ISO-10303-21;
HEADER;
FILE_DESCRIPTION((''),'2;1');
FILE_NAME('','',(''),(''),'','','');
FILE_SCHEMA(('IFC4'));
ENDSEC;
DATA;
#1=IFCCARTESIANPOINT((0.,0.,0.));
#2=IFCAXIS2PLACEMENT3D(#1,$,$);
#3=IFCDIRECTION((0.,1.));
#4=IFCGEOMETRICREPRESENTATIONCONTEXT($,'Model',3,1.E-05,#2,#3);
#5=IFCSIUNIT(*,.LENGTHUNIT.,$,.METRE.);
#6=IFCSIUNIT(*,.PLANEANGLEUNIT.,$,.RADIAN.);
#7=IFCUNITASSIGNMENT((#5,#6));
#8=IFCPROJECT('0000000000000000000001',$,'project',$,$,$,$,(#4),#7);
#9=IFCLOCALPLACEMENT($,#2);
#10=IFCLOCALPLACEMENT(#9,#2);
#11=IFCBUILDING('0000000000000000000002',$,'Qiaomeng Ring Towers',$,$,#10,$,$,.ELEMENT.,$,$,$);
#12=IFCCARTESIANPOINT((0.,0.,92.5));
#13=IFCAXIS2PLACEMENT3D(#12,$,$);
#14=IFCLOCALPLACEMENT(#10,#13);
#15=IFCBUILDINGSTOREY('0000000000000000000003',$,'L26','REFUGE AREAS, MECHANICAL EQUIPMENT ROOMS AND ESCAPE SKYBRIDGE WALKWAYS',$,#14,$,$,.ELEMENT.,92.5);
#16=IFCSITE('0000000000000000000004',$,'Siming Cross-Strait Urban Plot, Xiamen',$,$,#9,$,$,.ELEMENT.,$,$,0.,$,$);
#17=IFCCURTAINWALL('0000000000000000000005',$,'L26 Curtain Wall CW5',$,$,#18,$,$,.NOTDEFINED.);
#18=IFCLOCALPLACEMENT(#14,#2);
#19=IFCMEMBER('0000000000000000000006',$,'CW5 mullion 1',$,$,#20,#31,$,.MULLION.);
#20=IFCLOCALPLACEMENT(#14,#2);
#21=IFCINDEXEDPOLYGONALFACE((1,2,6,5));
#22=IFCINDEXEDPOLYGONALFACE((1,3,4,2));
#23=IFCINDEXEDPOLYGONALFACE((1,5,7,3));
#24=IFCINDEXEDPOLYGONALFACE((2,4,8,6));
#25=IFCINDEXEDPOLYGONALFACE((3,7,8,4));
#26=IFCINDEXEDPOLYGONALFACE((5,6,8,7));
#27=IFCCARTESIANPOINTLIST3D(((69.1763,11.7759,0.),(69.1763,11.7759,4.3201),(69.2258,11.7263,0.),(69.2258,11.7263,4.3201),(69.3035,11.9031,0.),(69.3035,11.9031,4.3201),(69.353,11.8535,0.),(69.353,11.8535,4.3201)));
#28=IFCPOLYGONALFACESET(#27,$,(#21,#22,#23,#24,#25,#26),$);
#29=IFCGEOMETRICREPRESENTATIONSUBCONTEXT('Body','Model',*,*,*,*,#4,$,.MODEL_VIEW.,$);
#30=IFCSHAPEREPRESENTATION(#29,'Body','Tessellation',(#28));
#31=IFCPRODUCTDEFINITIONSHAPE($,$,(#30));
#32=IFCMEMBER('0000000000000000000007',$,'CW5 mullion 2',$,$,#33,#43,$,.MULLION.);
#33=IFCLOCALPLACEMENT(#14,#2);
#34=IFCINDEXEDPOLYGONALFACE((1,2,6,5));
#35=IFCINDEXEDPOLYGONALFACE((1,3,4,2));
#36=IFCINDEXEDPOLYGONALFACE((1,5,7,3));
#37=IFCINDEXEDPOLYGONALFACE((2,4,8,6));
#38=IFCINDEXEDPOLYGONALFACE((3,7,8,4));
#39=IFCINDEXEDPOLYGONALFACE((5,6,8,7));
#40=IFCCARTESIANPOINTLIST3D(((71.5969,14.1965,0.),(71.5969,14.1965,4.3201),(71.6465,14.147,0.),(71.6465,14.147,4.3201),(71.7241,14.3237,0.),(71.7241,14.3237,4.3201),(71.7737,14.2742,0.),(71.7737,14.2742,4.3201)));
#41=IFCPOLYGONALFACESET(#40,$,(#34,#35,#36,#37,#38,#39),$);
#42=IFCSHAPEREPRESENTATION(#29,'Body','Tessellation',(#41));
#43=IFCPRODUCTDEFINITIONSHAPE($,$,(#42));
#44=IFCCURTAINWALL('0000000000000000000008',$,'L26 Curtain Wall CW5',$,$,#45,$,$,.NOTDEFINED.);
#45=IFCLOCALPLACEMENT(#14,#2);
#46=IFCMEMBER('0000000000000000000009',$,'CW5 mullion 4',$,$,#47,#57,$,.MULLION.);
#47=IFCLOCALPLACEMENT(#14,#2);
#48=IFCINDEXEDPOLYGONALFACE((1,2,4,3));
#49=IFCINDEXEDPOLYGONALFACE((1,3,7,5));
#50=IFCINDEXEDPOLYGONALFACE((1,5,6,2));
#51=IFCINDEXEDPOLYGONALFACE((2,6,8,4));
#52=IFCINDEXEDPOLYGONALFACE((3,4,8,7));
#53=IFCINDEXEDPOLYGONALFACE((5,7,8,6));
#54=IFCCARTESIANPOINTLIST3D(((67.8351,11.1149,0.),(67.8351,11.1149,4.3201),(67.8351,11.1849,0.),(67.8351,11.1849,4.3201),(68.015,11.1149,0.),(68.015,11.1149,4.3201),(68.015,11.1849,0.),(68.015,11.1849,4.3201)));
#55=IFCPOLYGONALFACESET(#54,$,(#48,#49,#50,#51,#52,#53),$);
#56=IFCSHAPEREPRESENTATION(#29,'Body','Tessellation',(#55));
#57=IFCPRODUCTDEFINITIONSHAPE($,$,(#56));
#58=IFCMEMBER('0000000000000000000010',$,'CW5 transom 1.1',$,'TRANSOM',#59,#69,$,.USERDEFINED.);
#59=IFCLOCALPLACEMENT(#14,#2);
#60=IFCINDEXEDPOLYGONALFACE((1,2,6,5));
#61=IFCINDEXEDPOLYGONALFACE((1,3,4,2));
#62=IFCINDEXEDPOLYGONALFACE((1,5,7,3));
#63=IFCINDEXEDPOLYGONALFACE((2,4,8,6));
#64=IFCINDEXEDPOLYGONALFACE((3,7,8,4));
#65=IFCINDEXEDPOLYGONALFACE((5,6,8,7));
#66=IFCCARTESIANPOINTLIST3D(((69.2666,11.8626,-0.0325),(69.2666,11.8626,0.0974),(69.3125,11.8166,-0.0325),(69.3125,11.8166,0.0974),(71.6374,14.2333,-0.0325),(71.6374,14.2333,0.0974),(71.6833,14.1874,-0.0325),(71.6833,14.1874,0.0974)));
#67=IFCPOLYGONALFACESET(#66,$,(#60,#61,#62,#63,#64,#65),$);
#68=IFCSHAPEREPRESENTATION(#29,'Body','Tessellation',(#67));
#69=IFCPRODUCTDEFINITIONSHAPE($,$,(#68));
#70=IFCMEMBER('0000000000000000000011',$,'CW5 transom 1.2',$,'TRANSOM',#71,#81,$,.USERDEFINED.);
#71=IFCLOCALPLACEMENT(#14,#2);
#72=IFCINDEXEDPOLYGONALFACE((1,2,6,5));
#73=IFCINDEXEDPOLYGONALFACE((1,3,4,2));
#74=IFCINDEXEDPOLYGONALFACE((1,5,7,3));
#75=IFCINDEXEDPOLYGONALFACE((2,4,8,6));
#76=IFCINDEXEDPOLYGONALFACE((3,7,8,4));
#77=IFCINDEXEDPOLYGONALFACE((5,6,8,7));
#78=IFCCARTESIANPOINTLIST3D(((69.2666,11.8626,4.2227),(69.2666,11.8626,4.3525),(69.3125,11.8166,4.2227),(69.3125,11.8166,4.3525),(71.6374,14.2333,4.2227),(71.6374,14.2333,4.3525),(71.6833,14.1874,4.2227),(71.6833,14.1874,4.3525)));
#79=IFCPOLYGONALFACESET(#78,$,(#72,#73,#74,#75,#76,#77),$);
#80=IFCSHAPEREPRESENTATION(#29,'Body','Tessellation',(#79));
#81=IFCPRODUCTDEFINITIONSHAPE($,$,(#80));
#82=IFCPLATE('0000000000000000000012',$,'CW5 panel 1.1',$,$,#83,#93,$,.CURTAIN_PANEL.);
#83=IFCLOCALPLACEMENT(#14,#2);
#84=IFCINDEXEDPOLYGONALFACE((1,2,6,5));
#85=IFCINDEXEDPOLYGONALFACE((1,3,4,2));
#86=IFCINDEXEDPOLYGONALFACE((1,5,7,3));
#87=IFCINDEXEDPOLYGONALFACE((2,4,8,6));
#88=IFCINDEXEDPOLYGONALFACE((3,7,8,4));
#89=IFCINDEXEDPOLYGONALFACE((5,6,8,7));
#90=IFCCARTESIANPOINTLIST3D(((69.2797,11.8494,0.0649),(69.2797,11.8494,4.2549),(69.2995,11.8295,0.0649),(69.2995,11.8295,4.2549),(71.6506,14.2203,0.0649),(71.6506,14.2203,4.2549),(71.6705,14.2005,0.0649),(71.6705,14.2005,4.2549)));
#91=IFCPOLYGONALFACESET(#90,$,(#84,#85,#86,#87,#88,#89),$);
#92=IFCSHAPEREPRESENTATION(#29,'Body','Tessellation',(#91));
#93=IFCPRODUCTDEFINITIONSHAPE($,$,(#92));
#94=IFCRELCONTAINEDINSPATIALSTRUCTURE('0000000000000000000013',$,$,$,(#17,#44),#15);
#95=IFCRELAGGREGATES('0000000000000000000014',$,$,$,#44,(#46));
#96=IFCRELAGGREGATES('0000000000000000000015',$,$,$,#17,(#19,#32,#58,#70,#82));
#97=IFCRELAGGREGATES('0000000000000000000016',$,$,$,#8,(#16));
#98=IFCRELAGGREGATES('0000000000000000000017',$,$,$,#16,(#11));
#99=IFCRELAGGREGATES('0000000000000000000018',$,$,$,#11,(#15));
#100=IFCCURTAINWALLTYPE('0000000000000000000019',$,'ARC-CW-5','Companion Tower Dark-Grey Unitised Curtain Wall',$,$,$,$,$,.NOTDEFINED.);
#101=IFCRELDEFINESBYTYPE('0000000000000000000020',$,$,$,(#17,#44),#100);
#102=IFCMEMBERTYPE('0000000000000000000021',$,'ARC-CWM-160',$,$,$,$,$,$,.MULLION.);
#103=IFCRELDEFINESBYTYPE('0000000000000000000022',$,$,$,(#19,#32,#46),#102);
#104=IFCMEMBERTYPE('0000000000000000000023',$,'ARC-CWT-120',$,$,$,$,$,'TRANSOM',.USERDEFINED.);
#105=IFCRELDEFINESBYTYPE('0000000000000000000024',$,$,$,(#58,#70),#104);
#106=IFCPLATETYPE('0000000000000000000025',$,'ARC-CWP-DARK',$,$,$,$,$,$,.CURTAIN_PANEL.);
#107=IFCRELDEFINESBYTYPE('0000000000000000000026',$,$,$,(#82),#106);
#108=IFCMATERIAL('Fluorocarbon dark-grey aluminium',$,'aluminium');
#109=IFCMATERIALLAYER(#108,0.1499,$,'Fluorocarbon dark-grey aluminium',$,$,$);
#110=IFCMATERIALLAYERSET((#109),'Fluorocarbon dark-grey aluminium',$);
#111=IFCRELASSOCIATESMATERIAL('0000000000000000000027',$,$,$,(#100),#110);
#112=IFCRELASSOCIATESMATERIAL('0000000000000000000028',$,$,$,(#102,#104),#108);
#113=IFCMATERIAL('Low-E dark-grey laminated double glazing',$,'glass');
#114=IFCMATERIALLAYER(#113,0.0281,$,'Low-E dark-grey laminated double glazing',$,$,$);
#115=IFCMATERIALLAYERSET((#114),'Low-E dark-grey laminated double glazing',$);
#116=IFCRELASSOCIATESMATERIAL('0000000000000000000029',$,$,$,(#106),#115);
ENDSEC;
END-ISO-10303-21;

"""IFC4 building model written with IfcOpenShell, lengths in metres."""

from ifc_helpers import new_model, si_unit, direction, frame, origin, origin_2d, place, context, subcontext, project, spatial, rectangle, extrude, source, transform, mapped, material, layer, layer_set, material_profile, profile_set, type_object, element, aggregate, save


model = new_model("IFC4")

# Units and contexts
model_context = context("Model", 3, precision=1e-05, world=origin(), true_north=direction((0.0, 1.0)))
body_context = subcontext(model_context, "Body", "Model", "MODEL_VIEW")
ifc_project = project(units=[si_unit("LENGTHUNIT", "METRE"), si_unit("PLANEANGLEUNIT", "RADIAN")], contexts=[model_context])

# Site, building, storey
site_placement = place(None, origin())
site = spatial("IfcSite", under=ifc_project, at=site_placement, Name="Siming Cross-Strait Urban Plot, Xiamen", CompositionType="ELEMENT", RefElevation=0.0)
building_placement = place(site_placement, origin())
building = spatial("IfcBuilding", under=site, at=building_placement, Name="Qiaomeng Ring Towers", CompositionType="ELEMENT")
storey_placement = place(building_placement, frame((0.0, 0.0, 92.5)))
storey = spatial("IfcBuildingStorey", under=building, at=storey_placement, Name="L26", Description="REFUGE AREAS, MECHANICAL EQUIPMENT ROOMS AND ESCAPE SKYBRIDGE WALKWAYS", CompositionType="ELEMENT", Elevation=92.5)

# Curtain wall, members
ifc_material_1 = material(Name="Fluorocarbon dark-grey aluminium", Category="aluminium")
ifc_layer_1 = layer(ifc_material_1, 0.1499, Name="Fluorocarbon dark-grey aluminium")
ifc_layer_set_1 = layer_set([ifc_layer_1], Name="Fluorocarbon dark-grey aluminium")
curtain_wall_type = type_object("IfcCurtainWallType", Name="ARC-CW-5", Description="Companion Tower Dark-Grey Unitised Curtain Wall", PredefinedType="NOTDEFINED", material=ifc_layer_set_1)
curtain_wall_1_placement = place(storey_placement, origin())
curtain_wall_1 = element("IfcCurtainWall", 1, at=curtain_wall_1_placement, inside=storey, type_object=curtain_wall_type, Name="L26 Curtain Wall CW5", PredefinedType="NOTDEFINED")
ifc_material_profile_1 = material_profile(ifc_material_1, rectangle(XDim=0.0701, YDim=0.1799, at=origin_2d()), Name="ALU MULL 70x180")
ifc_profile_set_1 = profile_set([ifc_material_profile_1], Name="Fluorocarbon dark-grey aluminium")
member_type_1 = type_object("IfcMemberType", Name="ARC-CWM-160", PredefinedType="MULLION", material=ifc_profile_set_1)
shared_shape_1 = source(origin(), body_context, "Body", "SweptSolid", [
    extrude(rectangle(XDim=0.0701, YDim=0.1799, at=origin_2d()), origin(), (0.0, 0.0, 1.0), 4.3201),
])
member_1_placement = place(storey_placement, frame((69.2646, 11.8147, 0.0), z_axis=(0.0, 0.0, 1.0), x_axis=(-0.707107, 0.707107, 0.0)))
member_1 = element("IfcMember", 2, at=member_1_placement, type_object=member_type_1, Name="CW5 mullion 1", PredefinedType="MULLION", context=body_context, shape_type="MappedRepresentation", body=[
    mapped(shared_shape_1, transform((0.0, 0.0, 0.0), x_axis=(1.0, 0.0, 0.0), y_axis=(0.0, 1.0, 0.0), z_axis=(0.0, 0.0, 1.0), scale=1.0)),
])
member_2_placement = place(storey_placement, frame((71.6853, 14.2354, 0.0), z_axis=(0.0, 0.0, 1.0), x_axis=(-0.707107, 0.707107, 0.0)))
member_2 = element("IfcMember", 3, at=member_2_placement, type_object=member_type_1, Name="CW5 mullion 2", PredefinedType="MULLION", context=body_context, shape_type="MappedRepresentation", body=[
    mapped(shared_shape_1, transform((0.0, 0.0, 0.0), x_axis=(1.0, 0.0, 0.0), y_axis=(0.0, 1.0, 0.0), z_axis=(0.0, 0.0, 1.0), scale=1.0)),
])

# Curtain wall, member
curtain_wall_2_placement = place(storey_placement, origin())
curtain_wall_2 = element("IfcCurtainWall", 4, at=curtain_wall_2_placement, inside=storey, type_object=curtain_wall_type, Name="L26 Curtain Wall CW5", PredefinedType="NOTDEFINED")
member_3_placement = place(storey_placement, frame((67.925, 11.1499, 0.0), z_axis=(0.0, 0.0, 1.0), x_axis=(0.0, 1.0, 0.0)))
member_3 = element("IfcMember", 5, at=member_3_placement, type_object=member_type_1, Name="CW5 mullion 4", PredefinedType="MULLION", context=body_context, shape_type="MappedRepresentation", body=[
    mapped(shared_shape_1, transform((0.0, 0.0, 0.0), x_axis=(1.0, 0.0, 0.0), y_axis=(0.0, 1.0, 0.0), z_axis=(0.0, 0.0, 1.0), scale=1.0)),
])
aggregate(curtain_wall_2, [member_3])

# Members
ifc_material_profile_2 = material_profile(ifc_material_1, rectangle(XDim=0.0649, YDim=0.1299, at=origin_2d()), Name="ALU TRAN 65x130")
ifc_profile_set_2 = profile_set([ifc_material_profile_2], Name="Fluorocarbon dark-grey aluminium")
member_type_2 = type_object("IfcMemberType", Name="ARC-CWT-120", ElementType="TRANSOM", PredefinedType="USERDEFINED", material=ifc_profile_set_2)
shared_shape_2 = source(origin(), body_context, "Body", "SweptSolid", [
    extrude(rectangle(XDim=0.0649, YDim=0.1299, at=origin_2d()), origin(), (0.0, 0.0, 1.0), 3.3528),
])
member_4_placement = place(storey_placement, frame((69.2896, 11.8396, 0.0325), z_axis=(0.707107, 0.707107, 0.0), x_axis=(-0.707107, 0.707107, 0.0)))
member_4 = element("IfcMember", 6, at=member_4_placement, type_object=member_type_2, Name="CW5 transom 1.1", ObjectType="TRANSOM", PredefinedType="USERDEFINED", context=body_context, shape_type="MappedRepresentation", body=[
    mapped(shared_shape_2, transform((0.0, 0.0, 0.0), x_axis=(1.0, 0.0, 0.0), y_axis=(0.0, 1.0, 0.0), z_axis=(0.0, 0.0, 1.0), scale=1.0)),
])
member_5_placement = place(storey_placement, frame((69.2896, 11.8396, 4.2876), z_axis=(0.707107, 0.707107, 0.0), x_axis=(-0.707107, 0.707107, 0.0)))
member_5 = element("IfcMember", 7, at=member_5_placement, type_object=member_type_2, Name="CW5 transom 1.2", ObjectType="TRANSOM", PredefinedType="USERDEFINED", context=body_context, shape_type="MappedRepresentation", body=[
    mapped(shared_shape_2, transform((0.0, 0.0, 0.0), x_axis=(1.0, 0.0, 0.0), y_axis=(0.0, 1.0, 0.0), z_axis=(0.0, 0.0, 1.0), scale=1.0)),
])

# Plate
ifc_material_2 = material(Name="Low-E dark-grey laminated double glazing", Category="glass")
ifc_layer_2 = layer(ifc_material_2, 0.0281, Name="Low-E dark-grey laminated double glazing")
ifc_layer_set_2 = layer_set([ifc_layer_2], Name="Low-E dark-grey laminated double glazing")
plate_type = type_object("IfcPlateType", Name="ARC-CWP-DARK", PredefinedType="CURTAIN_PANEL", material=ifc_layer_set_2)
shared_shape_3 = source(origin(), body_context, "Body", "SweptSolid", [
    extrude(rectangle(XDim=3.353, YDim=0.0281, at=origin_2d()), origin(), (0.0, 0.0, 1.0), 4.1899),
])
plate_placement = place(storey_placement, frame((70.4751, 13.0249, 0.0649), z_axis=(0.0, 0.0, 1.0), x_axis=(0.707107, 0.707107, 0.0)))
plate = element("IfcPlate", 8, at=plate_placement, type_object=plate_type, Name="CW5 panel 1.1", PredefinedType="CURTAIN_PANEL", context=body_context, shape_type="MappedRepresentation", body=[
    mapped(shared_shape_3, transform((0.0, 0.0, 0.0), x_axis=(1.0, 0.0, 0.0), y_axis=(0.0, 1.0, 0.0), z_axis=(0.0, 0.0, 1.0), scale=1.0)),
])
aggregate(curtain_wall_1, [member_1, member_2, member_4, member_5, plate])

save(model, "model.ifc")
